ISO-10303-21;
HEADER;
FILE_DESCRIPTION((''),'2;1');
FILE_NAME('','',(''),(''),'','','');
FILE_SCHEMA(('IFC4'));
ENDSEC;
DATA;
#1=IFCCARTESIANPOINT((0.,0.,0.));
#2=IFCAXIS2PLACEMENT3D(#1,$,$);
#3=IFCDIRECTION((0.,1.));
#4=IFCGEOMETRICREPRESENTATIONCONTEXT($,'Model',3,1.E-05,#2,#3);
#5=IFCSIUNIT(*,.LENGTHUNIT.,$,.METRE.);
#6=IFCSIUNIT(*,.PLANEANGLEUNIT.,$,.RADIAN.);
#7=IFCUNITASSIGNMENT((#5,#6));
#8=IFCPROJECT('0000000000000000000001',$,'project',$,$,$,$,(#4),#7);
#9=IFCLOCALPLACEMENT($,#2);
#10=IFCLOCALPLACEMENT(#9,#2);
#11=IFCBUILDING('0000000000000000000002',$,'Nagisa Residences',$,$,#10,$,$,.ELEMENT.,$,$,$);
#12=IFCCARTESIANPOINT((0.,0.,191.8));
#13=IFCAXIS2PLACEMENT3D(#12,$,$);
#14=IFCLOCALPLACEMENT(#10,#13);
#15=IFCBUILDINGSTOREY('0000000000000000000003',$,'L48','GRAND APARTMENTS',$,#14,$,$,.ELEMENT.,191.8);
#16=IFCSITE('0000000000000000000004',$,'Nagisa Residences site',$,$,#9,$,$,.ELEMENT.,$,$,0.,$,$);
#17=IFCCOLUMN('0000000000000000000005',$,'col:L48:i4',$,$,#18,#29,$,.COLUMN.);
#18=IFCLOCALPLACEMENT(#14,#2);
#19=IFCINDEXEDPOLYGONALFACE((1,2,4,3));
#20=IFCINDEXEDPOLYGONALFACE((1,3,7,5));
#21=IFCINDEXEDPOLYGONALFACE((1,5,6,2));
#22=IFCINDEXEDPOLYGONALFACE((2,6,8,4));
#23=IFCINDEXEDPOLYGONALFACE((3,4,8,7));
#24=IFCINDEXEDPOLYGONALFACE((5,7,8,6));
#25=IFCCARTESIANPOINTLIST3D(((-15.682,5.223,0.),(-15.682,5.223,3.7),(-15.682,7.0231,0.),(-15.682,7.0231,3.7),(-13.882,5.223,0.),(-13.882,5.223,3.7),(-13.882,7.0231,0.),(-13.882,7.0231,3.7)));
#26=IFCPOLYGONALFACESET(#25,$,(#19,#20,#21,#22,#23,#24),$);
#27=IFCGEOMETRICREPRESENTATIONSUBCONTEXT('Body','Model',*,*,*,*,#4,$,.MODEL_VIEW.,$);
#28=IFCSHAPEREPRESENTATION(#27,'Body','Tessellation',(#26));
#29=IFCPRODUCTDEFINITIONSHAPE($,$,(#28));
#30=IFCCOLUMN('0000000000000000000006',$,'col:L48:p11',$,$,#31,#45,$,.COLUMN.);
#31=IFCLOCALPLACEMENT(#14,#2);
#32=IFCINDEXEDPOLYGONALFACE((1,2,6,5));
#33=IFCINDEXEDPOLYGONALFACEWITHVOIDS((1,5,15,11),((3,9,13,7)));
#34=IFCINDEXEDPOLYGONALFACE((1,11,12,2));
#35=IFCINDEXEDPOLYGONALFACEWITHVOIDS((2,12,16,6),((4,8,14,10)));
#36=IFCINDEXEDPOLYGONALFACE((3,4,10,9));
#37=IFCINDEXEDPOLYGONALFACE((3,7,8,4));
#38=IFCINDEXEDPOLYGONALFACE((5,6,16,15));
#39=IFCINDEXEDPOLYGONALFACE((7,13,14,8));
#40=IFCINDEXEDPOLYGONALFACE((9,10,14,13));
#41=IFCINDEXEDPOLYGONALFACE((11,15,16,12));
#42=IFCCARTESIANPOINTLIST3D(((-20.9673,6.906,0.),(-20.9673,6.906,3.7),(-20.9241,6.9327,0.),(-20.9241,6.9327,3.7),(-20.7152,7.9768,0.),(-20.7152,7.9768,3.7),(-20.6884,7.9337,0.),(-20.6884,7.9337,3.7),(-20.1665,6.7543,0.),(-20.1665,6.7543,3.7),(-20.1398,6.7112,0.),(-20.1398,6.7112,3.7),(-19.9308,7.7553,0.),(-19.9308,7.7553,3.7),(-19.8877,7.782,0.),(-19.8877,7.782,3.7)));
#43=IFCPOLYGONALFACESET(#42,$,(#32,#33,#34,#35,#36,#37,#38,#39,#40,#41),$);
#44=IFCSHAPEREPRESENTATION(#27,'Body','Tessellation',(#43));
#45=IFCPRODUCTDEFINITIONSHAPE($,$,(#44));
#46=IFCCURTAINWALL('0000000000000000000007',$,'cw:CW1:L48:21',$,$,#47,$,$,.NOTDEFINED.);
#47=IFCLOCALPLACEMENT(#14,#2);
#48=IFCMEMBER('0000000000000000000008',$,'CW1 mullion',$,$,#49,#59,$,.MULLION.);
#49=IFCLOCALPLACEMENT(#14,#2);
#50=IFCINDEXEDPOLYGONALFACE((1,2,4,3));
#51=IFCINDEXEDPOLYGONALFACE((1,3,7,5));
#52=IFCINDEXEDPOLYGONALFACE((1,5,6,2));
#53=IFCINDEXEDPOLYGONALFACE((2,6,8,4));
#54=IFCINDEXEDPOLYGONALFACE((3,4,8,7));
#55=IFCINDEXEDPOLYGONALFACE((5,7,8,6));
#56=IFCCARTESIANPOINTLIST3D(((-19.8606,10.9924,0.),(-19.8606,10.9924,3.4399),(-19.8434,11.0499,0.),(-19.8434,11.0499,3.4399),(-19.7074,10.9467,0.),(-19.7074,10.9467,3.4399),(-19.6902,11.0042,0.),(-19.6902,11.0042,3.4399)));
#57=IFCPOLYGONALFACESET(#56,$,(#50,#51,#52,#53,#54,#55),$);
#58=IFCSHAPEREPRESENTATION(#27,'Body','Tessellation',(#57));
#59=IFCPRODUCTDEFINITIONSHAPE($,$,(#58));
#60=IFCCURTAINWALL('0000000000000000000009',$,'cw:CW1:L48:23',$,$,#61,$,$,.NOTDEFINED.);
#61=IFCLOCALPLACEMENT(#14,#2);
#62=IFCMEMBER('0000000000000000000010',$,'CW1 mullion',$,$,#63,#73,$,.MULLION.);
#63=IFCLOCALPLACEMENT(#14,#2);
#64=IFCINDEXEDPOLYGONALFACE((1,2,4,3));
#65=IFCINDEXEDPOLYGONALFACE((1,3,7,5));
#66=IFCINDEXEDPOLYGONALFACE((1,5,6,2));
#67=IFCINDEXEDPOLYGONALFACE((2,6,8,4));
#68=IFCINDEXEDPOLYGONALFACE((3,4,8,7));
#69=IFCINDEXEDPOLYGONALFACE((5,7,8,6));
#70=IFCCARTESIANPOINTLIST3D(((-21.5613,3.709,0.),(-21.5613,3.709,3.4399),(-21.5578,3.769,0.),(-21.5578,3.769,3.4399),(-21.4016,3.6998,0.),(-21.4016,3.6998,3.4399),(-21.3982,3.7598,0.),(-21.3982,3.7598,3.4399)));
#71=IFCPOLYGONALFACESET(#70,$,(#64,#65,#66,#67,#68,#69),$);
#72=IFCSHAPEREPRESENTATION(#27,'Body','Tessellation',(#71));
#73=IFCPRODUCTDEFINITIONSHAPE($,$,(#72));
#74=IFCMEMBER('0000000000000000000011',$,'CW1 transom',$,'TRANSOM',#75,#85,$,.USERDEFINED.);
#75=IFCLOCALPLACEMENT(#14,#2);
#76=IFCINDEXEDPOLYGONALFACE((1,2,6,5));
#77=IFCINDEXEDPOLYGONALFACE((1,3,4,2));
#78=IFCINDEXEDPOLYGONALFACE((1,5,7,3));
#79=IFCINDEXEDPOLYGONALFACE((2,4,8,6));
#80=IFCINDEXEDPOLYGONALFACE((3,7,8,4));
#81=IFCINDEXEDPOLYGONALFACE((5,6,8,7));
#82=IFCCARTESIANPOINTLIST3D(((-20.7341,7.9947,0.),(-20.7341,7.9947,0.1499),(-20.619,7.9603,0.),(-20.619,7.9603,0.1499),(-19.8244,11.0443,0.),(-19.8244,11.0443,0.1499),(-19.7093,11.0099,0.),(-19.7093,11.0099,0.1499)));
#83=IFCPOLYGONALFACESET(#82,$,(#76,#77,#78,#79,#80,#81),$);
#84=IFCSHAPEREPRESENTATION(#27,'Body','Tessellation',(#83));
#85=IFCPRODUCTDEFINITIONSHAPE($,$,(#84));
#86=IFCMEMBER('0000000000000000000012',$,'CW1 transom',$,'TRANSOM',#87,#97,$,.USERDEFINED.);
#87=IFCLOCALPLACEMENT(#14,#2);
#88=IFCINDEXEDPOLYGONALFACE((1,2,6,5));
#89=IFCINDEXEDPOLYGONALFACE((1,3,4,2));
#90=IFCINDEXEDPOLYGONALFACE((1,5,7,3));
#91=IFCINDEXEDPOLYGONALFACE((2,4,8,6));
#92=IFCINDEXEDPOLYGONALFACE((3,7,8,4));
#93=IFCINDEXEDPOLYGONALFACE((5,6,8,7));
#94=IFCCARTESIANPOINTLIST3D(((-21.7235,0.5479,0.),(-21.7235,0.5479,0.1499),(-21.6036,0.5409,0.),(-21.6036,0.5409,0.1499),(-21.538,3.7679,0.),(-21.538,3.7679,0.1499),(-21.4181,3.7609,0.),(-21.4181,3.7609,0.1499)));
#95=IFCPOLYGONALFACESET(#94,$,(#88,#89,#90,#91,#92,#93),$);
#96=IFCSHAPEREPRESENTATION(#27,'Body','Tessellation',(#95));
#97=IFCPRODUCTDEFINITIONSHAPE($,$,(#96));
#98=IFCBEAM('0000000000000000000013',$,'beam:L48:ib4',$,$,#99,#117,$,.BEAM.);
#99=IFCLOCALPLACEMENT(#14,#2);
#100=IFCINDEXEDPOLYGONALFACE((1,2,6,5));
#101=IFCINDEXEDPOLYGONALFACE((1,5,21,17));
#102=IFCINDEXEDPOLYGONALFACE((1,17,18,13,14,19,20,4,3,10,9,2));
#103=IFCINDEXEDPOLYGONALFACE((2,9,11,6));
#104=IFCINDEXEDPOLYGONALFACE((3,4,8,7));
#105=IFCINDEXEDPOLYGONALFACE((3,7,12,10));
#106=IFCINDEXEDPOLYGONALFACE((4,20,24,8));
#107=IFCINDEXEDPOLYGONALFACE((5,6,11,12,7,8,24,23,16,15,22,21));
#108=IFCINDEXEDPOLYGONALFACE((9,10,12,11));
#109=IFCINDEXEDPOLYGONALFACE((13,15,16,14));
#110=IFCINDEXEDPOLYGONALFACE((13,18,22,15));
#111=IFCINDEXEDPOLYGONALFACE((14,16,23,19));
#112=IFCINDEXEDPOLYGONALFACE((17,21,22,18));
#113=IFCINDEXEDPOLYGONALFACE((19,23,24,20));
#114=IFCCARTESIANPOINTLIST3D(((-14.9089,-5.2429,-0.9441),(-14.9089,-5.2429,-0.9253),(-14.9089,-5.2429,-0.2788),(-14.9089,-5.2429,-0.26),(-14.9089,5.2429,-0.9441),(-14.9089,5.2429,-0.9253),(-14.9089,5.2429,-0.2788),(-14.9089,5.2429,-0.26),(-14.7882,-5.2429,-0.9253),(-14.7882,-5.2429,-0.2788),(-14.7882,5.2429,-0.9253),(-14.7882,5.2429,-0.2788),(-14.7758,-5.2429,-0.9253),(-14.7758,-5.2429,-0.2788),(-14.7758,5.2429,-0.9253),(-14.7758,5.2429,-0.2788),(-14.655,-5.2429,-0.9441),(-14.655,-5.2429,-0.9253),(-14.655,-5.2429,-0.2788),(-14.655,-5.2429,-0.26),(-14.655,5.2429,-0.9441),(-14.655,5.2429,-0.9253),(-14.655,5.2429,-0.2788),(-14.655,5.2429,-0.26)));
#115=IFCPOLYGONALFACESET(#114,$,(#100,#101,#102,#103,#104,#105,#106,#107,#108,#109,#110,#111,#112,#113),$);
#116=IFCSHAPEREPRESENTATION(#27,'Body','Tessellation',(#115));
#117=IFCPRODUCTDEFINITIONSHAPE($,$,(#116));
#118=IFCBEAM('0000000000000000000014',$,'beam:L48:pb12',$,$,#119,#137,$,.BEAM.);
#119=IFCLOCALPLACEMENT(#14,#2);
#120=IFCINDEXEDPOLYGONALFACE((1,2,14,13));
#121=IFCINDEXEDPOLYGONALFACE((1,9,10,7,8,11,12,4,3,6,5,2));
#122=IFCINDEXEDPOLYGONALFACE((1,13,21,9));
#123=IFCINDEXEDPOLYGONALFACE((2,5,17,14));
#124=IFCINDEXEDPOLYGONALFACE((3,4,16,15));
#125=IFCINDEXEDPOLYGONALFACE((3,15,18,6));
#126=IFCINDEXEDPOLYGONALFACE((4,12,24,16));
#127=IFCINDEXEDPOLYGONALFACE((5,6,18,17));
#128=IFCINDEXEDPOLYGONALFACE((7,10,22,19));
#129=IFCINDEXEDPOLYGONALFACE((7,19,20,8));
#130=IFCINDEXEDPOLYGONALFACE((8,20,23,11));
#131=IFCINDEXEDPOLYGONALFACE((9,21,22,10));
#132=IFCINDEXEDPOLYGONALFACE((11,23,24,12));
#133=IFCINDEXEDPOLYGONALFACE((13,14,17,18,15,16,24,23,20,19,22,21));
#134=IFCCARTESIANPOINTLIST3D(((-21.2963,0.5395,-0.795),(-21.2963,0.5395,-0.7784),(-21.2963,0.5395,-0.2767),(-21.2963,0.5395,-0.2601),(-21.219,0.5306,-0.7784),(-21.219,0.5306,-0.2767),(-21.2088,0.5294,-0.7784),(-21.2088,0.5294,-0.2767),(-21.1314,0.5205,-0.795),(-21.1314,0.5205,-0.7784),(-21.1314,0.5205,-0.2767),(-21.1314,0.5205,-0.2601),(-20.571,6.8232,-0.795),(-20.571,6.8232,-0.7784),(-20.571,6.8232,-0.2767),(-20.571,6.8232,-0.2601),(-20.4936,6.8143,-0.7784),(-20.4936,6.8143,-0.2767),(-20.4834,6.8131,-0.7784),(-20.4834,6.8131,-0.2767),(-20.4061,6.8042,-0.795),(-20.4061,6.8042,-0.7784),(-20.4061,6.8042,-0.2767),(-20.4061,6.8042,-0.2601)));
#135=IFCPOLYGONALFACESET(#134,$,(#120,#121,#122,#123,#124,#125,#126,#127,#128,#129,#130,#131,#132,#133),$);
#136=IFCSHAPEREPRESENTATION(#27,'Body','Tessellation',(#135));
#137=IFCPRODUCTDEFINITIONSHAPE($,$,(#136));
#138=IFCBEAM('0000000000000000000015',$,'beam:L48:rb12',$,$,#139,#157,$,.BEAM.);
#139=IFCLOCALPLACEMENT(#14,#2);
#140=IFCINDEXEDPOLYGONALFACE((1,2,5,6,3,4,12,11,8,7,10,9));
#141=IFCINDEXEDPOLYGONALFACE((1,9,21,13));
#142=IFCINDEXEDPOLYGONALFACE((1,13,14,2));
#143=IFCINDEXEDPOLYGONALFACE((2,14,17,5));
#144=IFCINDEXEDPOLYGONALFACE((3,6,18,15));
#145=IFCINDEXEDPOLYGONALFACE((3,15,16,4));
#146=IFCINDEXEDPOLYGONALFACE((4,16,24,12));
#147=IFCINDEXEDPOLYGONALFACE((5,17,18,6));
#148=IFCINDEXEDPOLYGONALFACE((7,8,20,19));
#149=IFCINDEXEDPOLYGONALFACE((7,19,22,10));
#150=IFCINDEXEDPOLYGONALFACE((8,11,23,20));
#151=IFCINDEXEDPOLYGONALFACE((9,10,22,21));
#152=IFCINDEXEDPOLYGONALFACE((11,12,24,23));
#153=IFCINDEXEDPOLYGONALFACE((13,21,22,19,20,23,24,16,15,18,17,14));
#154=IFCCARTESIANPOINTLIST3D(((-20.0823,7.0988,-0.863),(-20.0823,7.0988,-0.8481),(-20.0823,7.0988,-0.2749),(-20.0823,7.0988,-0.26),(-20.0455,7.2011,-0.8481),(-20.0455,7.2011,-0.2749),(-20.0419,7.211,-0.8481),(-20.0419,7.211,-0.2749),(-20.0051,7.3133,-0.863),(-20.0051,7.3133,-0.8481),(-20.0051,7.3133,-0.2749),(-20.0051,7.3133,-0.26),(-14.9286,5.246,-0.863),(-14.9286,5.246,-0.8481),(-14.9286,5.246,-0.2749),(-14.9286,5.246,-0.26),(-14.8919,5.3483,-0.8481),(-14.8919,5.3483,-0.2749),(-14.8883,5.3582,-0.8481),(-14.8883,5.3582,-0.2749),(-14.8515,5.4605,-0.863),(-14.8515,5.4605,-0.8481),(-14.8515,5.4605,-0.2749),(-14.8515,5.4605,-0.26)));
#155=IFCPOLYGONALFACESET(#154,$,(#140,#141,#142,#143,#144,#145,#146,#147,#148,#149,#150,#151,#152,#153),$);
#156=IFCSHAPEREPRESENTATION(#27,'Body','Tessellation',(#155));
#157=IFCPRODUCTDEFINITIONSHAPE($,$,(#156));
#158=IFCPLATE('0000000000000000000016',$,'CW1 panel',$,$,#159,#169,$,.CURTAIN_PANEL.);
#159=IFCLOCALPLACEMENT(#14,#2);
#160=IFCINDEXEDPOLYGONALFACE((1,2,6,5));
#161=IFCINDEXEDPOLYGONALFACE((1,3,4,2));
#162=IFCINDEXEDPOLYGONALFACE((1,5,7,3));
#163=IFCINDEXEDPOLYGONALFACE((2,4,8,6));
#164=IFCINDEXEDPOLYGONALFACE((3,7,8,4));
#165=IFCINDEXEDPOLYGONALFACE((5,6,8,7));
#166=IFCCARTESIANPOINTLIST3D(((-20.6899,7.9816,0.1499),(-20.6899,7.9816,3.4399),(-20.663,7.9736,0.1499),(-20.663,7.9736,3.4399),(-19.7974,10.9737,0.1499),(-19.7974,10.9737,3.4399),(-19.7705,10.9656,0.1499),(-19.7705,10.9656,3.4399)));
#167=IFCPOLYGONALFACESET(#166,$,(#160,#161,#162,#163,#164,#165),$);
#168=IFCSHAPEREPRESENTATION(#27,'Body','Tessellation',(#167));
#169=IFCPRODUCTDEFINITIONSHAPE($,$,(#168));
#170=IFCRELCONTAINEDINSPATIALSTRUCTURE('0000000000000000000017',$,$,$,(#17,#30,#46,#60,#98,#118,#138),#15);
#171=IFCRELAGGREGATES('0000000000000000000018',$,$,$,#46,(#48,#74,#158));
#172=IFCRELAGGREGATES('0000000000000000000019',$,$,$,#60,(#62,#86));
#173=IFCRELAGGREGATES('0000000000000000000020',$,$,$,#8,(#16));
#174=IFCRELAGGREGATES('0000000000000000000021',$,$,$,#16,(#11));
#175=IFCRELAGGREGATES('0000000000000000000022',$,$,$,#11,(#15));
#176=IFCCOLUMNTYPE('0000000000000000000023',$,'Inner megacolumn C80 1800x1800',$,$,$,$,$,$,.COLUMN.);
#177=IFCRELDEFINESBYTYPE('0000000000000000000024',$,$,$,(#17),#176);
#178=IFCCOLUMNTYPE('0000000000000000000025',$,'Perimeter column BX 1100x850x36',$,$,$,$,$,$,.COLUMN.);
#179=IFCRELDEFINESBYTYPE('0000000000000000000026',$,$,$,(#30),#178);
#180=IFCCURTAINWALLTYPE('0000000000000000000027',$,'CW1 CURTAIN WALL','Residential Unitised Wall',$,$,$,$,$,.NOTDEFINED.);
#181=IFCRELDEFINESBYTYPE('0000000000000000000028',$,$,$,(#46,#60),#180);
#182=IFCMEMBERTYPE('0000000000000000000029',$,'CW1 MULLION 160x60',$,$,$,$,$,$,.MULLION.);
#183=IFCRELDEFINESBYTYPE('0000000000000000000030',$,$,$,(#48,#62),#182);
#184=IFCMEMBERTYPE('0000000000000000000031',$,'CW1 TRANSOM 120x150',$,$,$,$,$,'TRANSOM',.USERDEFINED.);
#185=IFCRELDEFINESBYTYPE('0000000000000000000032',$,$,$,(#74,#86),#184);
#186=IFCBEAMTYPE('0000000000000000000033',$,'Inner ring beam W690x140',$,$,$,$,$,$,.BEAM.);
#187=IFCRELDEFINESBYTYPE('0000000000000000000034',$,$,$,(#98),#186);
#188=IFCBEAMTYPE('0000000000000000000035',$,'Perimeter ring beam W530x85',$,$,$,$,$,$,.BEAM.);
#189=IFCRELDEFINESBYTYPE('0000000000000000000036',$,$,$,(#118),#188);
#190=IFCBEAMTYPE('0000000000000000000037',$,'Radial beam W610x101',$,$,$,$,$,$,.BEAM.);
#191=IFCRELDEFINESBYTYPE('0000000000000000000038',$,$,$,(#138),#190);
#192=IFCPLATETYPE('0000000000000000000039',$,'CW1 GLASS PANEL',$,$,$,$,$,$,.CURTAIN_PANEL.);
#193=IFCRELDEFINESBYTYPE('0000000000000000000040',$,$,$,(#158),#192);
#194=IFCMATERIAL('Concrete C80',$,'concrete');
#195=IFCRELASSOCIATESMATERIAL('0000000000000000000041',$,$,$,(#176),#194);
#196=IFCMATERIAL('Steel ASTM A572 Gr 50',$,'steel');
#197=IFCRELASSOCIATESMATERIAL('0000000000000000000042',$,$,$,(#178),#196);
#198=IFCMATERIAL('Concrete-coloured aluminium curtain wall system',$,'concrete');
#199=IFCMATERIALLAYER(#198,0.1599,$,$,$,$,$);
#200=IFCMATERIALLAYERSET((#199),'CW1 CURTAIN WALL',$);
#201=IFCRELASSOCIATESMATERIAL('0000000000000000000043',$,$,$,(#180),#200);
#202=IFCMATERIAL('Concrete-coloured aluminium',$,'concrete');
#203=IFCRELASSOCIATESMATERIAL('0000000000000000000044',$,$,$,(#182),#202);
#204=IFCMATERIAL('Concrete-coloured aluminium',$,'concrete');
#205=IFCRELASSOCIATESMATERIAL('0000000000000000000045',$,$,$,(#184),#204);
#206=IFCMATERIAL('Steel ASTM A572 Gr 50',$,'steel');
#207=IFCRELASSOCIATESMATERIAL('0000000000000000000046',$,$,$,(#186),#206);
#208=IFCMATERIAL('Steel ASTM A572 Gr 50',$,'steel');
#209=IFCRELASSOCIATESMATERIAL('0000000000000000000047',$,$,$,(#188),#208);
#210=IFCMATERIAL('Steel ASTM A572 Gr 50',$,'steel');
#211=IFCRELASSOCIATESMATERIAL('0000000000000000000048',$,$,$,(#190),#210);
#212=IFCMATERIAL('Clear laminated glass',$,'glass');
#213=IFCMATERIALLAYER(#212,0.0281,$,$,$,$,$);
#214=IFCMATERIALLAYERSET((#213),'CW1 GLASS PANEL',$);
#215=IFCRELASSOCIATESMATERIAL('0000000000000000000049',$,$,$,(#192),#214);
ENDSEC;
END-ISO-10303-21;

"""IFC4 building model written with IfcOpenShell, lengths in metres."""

from ifc_helpers import new_model, si_unit, direction, frame, origin, origin_2d, place, context, subcontext, project, spatial, rectangle, hollow_rectangle, i_section, extrude, material, layer, layer_set, material_profile, profile_set, type_object, element, aggregate, save


model = new_model("IFC4")

# Units and contexts
model_context = context("Model", 3, precision=1e-05, world=origin(), true_north=direction((0.0, 1.0)))
body_context = subcontext(model_context, "Body", "Model", "MODEL_VIEW")
ifc_project = project(units=[si_unit("LENGTHUNIT", "METRE"), si_unit("PLANEANGLEUNIT", "RADIAN")], contexts=[model_context])

# Site, building, storey
site_placement = place(None, origin())
site = spatial("IfcSite", under=ifc_project, at=site_placement, Name="Nagisa Residences site", CompositionType="ELEMENT", RefElevation=0.0)
building_placement = place(site_placement, origin())
building = spatial("IfcBuilding", under=site, at=building_placement, Name="Nagisa Residences", CompositionType="ELEMENT")
storey_placement = place(building_placement, frame((0.0, 0.0, 191.8)))
storey = spatial("IfcBuildingStorey", under=building, at=storey_placement, Name="L48", Description="GRAND APARTMENTS", CompositionType="ELEMENT", Elevation=191.8)

# Columns
ifc_material_1 = material(Name="Concrete C80", Category="concrete")
ifc_material_profile_1 = material_profile(ifc_material_1, rectangle(XDim=1.8, YDim=1.8, at=origin_2d()), Name="C80 1800x1800")
ifc_profile_set_1 = profile_set([ifc_material_profile_1], Name="Concrete C80")
column_type_1 = type_object("IfcColumnType", Name="Inner megacolumn C80 1800x1800", PredefinedType="COLUMN", material=ifc_profile_set_1)
column_1_placement = place(storey_placement, frame((-14.782, 6.123, 0.0), z_axis=(0.0, 0.0, 1.0), x_axis=(1.0, 0.0, 0.0)))
element("IfcColumn", 1, at=column_1_placement, inside=storey, type_object=column_type_1, Name="col:L48:i4", PredefinedType="COLUMN", context=body_context, shape_type="SweptSolid", body=[
    extrude(rectangle(XDim=1.8, YDim=1.8, at=origin_2d()), origin(), (0.0, 0.0, 1.0), 3.7),
])
ifc_material_2 = material(Name="Steel ASTM A572 Gr 50", Category="steel")
ifc_material_profile_2 = material_profile(ifc_material_2, hollow_rectangle(XDim=1.1001, YDim=0.8501, WallThickness=0.0359, at=origin_2d()), Name="BX 1100x850x36")
ifc_profile_set_2 = profile_set([ifc_material_profile_2], Name="Steel ASTM A572 Gr 50")
column_type_2 = type_object("IfcColumnType", Name="Perimeter column BX 1100x850x36", PredefinedType="COLUMN", material=ifc_profile_set_2)
column_2_placement = place(storey_placement, frame((-20.4275, 7.344, 0.0), z_axis=(0.0, 0.0, 1.0), x_axis=(-0.229202, -0.973379, 0.0)))
element("IfcColumn", 2, at=column_2_placement, inside=storey, type_object=column_type_2, Name="col:L48:p11", PredefinedType="COLUMN", context=body_context, shape_type="SweptSolid", body=[
    extrude(hollow_rectangle(XDim=1.1001, YDim=0.8501, WallThickness=0.0359, at=origin_2d()), origin(), (0.0, 0.0, 1.0), 3.7),
])

# Curtain walls, members
ifc_material_3 = material(Name="Concrete-coloured aluminium curtain wall system", Category="concrete")
ifc_layer_1 = layer(ifc_material_3, 0.1599)
ifc_layer_set_1 = layer_set([ifc_layer_1], Name="CW1 CURTAIN WALL")
curtain_wall_type = type_object("IfcCurtainWallType", Name="CW1 CURTAIN WALL", Description="Residential Unitised Wall", PredefinedType="NOTDEFINED", material=ifc_layer_set_1)
curtain_wall_1_placement = place(storey_placement, origin())
curtain_wall_1 = element("IfcCurtainWall", 3, at=curtain_wall_1_placement, inside=storey, type_object=curtain_wall_type, Name="cw:CW1:L48:21", PredefinedType="NOTDEFINED")
ifc_material_4 = material(Name="Concrete-coloured aluminium", Category="concrete")
ifc_material_profile_3 = material_profile(ifc_material_4, rectangle(XDim=0.1599, YDim=0.0601, at=origin_2d()), Name="CW1 MULLION 160x60")
ifc_profile_set_3 = profile_set([ifc_material_profile_3], Name="Concrete-coloured aluminium")
member_type_1 = type_object("IfcMemberType", Name="CW1 MULLION 160x60", PredefinedType="MULLION", material=ifc_profile_set_3)
member_1_placement = place(storey_placement, frame((-19.7754, 10.9983, 0.0), z_axis=(0.0, 0.0, 1.0), x_axis=(0.958271, -0.28586, 0.0)))
member_1 = element("IfcMember", 4, at=member_1_placement, type_object=member_type_1, Name="CW1 mullion", PredefinedType="MULLION", context=body_context, shape_type="SweptSolid", body=[
    extrude(rectangle(XDim=0.1599, YDim=0.0601, at=origin_2d()), origin(), (0.0, 0.0, 1.0), 3.4399),
])
curtain_wall_2_placement = place(storey_placement, origin())
curtain_wall_2 = element("IfcCurtainWall", 5, at=curtain_wall_2_placement, inside=storey, type_object=curtain_wall_type, Name="cw:CW1:L48:23", PredefinedType="NOTDEFINED")
member_2_placement = place(storey_placement, frame((-21.4797, 3.7344, 0.0), z_axis=(0.0, 0.0, 1.0), x_axis=(0.998345, -0.057503, 0.0)))
member_2 = element("IfcMember", 6, at=member_2_placement, type_object=member_type_1, Name="CW1 mullion", PredefinedType="MULLION", context=body_context, shape_type="SweptSolid", body=[
    extrude(rectangle(XDim=0.1599, YDim=0.0601, at=origin_2d()), origin(), (0.0, 0.0, 1.0), 3.4399),
])

# Members
ifc_material_5 = material(Name="Concrete-coloured aluminium", Category="concrete")
ifc_material_profile_4 = material_profile(ifc_material_5, rectangle(XDim=0.1201, YDim=0.1499, at=origin_2d()), Name="CW1 TRANSOM 120x150")
ifc_profile_set_4 = profile_set([ifc_material_profile_4], Name="Concrete-coloured aluminium")
member_type_2 = type_object("IfcMemberType", Name="CW1 TRANSOM 120x150", ElementType="TRANSOM", PredefinedType="USERDEFINED", material=ifc_profile_set_4)
member_3_placement = place(storey_placement, frame((-19.7668, 11.0271, 0.075), z_axis=(-0.285848, -0.958275, 0.0), x_axis=(0.958275, -0.285848, 0.0)))
member_3 = element("IfcMember", 7, at=member_3_placement, type_object=member_type_2, Name="CW1 transom", ObjectType="TRANSOM", PredefinedType="USERDEFINED", context=body_context, shape_type="SweptSolid", body=[
    extrude(rectangle(XDim=0.1201, YDim=0.1499, at=origin_2d()), origin(), (0.0, 0.0, 1.0), 3.1824),
])
member_4_placement = place(storey_placement, frame((-21.478, 3.7644, 0.075), z_axis=(-0.057528, -0.998344, 0.0), x_axis=(0.998344, -0.057528, 0.0)))
member_4 = element("IfcMember", 8, at=member_4_placement, type_object=member_type_2, Name="CW1 transom", ObjectType="TRANSOM", PredefinedType="USERDEFINED", context=body_context, shape_type="SweptSolid", body=[
    extrude(rectangle(XDim=0.1201, YDim=0.1499, at=origin_2d()), origin(), (0.0, 0.0, 1.0), 3.2253),
])

# Beams
ifc_material_6 = material(Name="Steel ASTM A572 Gr 50", Category="steel")
ifc_material_profile_5 = material_profile(ifc_material_6, i_section(OverallWidth=0.2539, OverallDepth=0.6841, WebThickness=0.0125, FlangeThickness=0.0188, at=origin_2d()), Name="W690x140")
ifc_profile_set_5 = profile_set([ifc_material_profile_5], Name="Steel ASTM A572 Gr 50")
beam_type_1 = type_object("IfcBeamType", Name="Inner ring beam W690x140", PredefinedType="BEAM", material=ifc_profile_set_5)
beam_1_placement = place(storey_placement, frame((-14.782, 5.2429, -0.6021), z_axis=(0.0, -1.0, 0.0), x_axis=(1.0, 0.0, 0.0)))
element("IfcBeam", 9, at=beam_1_placement, inside=storey, type_object=beam_type_1, Name="beam:L48:ib4", PredefinedType="BEAM", context=body_context, shape_type="SweptSolid", body=[
    extrude(i_section(OverallWidth=0.2539, OverallDepth=0.6841, WebThickness=0.0125, FlangeThickness=0.0188, at=origin_2d()), origin(), (0.0, 0.0, 1.0), 10.4858),
])
ifc_material_7 = material(Name="Steel ASTM A572 Gr 50", Category="steel")
ifc_material_profile_6 = material_profile(ifc_material_7, i_section(OverallWidth=0.166, OverallDepth=0.5349, WebThickness=0.0103, FlangeThickness=0.0166, at=origin_2d()), Name="W530x85")
ifc_profile_set_6 = profile_set([ifc_material_profile_6], Name="Steel ASTM A572 Gr 50")
beam_type_2 = type_object("IfcBeamType", Name="Perimeter ring beam W530x85", PredefinedType="BEAM", material=ifc_profile_set_6)
beam_2_placement = place(storey_placement, frame((-20.4885, 6.8137, -0.5276), z_axis=(-0.114671, -0.993404, 0.0), x_axis=(0.993404, -0.114671, 0.0)))
element("IfcBeam", 10, at=beam_2_placement, inside=storey, type_object=beam_type_2, Name="beam:L48:pb12", PredefinedType="BEAM", context=body_context, shape_type="SweptSolid", body=[
    extrude(i_section(OverallWidth=0.166, OverallDepth=0.5349, WebThickness=0.0103, FlangeThickness=0.0166, at=origin_2d()), origin(), (0.0, 0.0, 1.0), 6.3254),
])
ifc_material_8 = material(Name="Steel ASTM A572 Gr 50", Category="steel")
ifc_material_profile_7 = material_profile(ifc_material_8, i_section(OverallWidth=0.228, OverallDepth=0.603, WebThickness=0.0105, FlangeThickness=0.0149, at=origin_2d()), Name="W610x101")
ifc_profile_set_7 = profile_set([ifc_material_profile_7], Name="Steel ASTM A572 Gr 50")
beam_type_3 = type_object("IfcBeamType", Name="Radial beam W610x101", PredefinedType="BEAM", material=ifc_profile_set_7)
beam_3_placement = place(storey_placement, frame((-20.0437, 7.2061, -0.5615), z_axis=(0.941033, -0.338315, 0.0), x_axis=(0.338315, 0.941033, 0.0)))
element("IfcBeam", 11, at=beam_3_placement, inside=storey, type_object=beam_type_3, Name="beam:L48:rb12", PredefinedType="BEAM", context=body_context, shape_type="SweptSolid", body=[
    extrude(i_section(OverallWidth=0.228, OverallDepth=0.603, WebThickness=0.0105, FlangeThickness=0.0149, at=origin_2d()), origin(), (0.0, 0.0, 1.0), 5.4766),
])

# Plate
ifc_material_9 = material(Name="Clear laminated glass", Category="glass")
ifc_layer_2 = layer(ifc_material_9, 0.0281)
ifc_layer_set_2 = layer_set([ifc_layer_2], Name="CW1 GLASS PANEL")
plate_type = type_object("IfcPlateType", Name="CW1 GLASS PANEL", PredefinedType="CURTAIN_PANEL", material=ifc_layer_set_2)
plate_1_placement = place(storey_placement, frame((-20.2302, 9.4736, 0.1499), z_axis=(0.0, 0.0, 1.0), x_axis=(-0.28586, -0.958271, 0.0)))
plate_1 = element("IfcPlate", 12, at=plate_1_placement, type_object=plate_type, Name="CW1 panel", PredefinedType="CURTAIN_PANEL", context=body_context, shape_type="SweptSolid", body=[
    extrude(rectangle(XDim=3.1223, YDim=0.0281, at=origin_2d()), origin(), (0.0, 0.0, 1.0), 3.29),
])
aggregate(curtain_wall_1, [member_1, member_3, plate_1])
aggregate(curtain_wall_2, [member_2, member_4])

save(model, "model.ifc")
